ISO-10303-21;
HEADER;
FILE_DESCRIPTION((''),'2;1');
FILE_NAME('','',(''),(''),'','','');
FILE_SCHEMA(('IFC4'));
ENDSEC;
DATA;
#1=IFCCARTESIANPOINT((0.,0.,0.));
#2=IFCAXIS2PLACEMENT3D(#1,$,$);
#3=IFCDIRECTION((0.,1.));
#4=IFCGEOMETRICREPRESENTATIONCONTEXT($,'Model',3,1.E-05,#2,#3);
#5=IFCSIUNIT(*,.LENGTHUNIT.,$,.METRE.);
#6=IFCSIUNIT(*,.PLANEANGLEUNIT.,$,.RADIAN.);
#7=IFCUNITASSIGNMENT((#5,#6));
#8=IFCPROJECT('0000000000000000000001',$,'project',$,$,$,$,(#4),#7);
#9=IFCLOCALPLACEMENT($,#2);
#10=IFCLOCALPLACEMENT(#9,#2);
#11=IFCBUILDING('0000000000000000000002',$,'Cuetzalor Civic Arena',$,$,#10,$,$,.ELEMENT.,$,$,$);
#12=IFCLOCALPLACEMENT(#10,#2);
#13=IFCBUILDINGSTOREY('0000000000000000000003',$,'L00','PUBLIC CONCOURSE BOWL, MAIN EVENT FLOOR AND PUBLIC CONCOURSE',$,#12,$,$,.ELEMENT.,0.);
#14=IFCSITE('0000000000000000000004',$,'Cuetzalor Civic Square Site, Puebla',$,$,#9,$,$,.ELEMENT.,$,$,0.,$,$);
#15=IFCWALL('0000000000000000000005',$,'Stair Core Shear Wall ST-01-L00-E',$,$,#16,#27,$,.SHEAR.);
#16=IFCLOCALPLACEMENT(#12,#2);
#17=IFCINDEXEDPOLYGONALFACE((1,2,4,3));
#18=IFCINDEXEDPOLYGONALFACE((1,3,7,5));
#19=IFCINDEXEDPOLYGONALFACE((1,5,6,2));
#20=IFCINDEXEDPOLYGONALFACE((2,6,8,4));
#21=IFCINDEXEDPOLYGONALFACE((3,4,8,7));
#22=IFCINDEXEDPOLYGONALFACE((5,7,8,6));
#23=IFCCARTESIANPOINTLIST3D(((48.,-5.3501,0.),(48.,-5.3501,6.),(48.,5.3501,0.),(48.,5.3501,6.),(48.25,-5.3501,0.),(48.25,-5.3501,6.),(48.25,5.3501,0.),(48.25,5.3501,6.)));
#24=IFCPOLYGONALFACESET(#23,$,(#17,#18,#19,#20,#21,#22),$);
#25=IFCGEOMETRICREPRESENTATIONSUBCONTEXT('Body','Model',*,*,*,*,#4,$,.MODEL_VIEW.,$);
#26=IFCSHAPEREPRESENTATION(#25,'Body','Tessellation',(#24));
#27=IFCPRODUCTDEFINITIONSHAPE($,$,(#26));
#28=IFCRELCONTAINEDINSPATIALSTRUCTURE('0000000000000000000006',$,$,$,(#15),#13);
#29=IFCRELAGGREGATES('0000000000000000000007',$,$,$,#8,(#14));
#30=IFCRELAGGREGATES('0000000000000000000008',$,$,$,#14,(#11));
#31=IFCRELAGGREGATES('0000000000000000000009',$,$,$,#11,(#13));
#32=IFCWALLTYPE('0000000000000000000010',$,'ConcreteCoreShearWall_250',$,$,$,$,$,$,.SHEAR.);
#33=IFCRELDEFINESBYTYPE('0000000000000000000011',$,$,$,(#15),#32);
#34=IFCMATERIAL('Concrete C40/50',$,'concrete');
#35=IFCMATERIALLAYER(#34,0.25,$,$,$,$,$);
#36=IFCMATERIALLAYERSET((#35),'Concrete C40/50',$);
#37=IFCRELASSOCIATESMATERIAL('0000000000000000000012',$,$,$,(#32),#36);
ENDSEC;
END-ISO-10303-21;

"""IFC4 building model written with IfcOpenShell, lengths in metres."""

from ifc_helpers import new_model, si_unit, direction, frame, frame_2d, origin, place, context, subcontext, project, spatial, rectangle, extrude, material, layer, layer_set, type_object, element, save


model = new_model("IFC4")

# Units and contexts
model_context = context("Model", 3, precision=1e-05, world=origin(), true_north=direction((0.0, 1.0)))
body_context = subcontext(model_context, "Body", "Model", "MODEL_VIEW")
ifc_project = project(units=[si_unit("LENGTHUNIT", "METRE"), si_unit("PLANEANGLEUNIT", "RADIAN")], contexts=[model_context])

# Site, building, storey
site_placement = place(None, origin())
site = spatial("IfcSite", under=ifc_project, at=site_placement, Name="Cuetzalor Civic Square Site, Puebla", CompositionType="ELEMENT", RefElevation=0.0)
building_placement = place(site_placement, origin())
building = spatial("IfcBuilding", under=site, at=building_placement, Name="Cuetzalor Civic Arena", CompositionType="ELEMENT")
storey_placement = place(building_placement, origin())
storey = spatial("IfcBuildingStorey", under=building, at=storey_placement, Name="L00", Description="PUBLIC CONCOURSE BOWL, MAIN EVENT FLOOR AND PUBLIC CONCOURSE", CompositionType="ELEMENT", Elevation=0.0)

# Wall
ifc_material_1 = material(Name="Concrete C40/50", Category="concrete")
ifc_layer_1 = layer(ifc_material_1, 0.25)
ifc_layer_set_1 = layer_set([ifc_layer_1], Name="Concrete C40/50")
wall_type_1 = type_object("IfcWallType", Name="ConcreteCoreShearWall_250", PredefinedType="SHEAR", material=ifc_layer_set_1)
wall_1_placement = place(storey_placement, frame((48.125, 5.3501, 0.0), z_axis=(0.0, 0.0, 1.0), x_axis=(0.0, -1.0, 0.0)))
element("IfcWall", 1, at=wall_1_placement, inside=storey, type_object=wall_type_1, Name="Stair Core Shear Wall ST-01-L00-E", PredefinedType="SHEAR", context=body_context, shape_type="SweptSolid", body=[
    extrude(rectangle(XDim=10.7002, YDim=0.25, at=frame_2d((5.3501, 0.0))), origin(), (0.0, 0.0, 1.0), 6.0),
])

save(model, "model.ifc")
